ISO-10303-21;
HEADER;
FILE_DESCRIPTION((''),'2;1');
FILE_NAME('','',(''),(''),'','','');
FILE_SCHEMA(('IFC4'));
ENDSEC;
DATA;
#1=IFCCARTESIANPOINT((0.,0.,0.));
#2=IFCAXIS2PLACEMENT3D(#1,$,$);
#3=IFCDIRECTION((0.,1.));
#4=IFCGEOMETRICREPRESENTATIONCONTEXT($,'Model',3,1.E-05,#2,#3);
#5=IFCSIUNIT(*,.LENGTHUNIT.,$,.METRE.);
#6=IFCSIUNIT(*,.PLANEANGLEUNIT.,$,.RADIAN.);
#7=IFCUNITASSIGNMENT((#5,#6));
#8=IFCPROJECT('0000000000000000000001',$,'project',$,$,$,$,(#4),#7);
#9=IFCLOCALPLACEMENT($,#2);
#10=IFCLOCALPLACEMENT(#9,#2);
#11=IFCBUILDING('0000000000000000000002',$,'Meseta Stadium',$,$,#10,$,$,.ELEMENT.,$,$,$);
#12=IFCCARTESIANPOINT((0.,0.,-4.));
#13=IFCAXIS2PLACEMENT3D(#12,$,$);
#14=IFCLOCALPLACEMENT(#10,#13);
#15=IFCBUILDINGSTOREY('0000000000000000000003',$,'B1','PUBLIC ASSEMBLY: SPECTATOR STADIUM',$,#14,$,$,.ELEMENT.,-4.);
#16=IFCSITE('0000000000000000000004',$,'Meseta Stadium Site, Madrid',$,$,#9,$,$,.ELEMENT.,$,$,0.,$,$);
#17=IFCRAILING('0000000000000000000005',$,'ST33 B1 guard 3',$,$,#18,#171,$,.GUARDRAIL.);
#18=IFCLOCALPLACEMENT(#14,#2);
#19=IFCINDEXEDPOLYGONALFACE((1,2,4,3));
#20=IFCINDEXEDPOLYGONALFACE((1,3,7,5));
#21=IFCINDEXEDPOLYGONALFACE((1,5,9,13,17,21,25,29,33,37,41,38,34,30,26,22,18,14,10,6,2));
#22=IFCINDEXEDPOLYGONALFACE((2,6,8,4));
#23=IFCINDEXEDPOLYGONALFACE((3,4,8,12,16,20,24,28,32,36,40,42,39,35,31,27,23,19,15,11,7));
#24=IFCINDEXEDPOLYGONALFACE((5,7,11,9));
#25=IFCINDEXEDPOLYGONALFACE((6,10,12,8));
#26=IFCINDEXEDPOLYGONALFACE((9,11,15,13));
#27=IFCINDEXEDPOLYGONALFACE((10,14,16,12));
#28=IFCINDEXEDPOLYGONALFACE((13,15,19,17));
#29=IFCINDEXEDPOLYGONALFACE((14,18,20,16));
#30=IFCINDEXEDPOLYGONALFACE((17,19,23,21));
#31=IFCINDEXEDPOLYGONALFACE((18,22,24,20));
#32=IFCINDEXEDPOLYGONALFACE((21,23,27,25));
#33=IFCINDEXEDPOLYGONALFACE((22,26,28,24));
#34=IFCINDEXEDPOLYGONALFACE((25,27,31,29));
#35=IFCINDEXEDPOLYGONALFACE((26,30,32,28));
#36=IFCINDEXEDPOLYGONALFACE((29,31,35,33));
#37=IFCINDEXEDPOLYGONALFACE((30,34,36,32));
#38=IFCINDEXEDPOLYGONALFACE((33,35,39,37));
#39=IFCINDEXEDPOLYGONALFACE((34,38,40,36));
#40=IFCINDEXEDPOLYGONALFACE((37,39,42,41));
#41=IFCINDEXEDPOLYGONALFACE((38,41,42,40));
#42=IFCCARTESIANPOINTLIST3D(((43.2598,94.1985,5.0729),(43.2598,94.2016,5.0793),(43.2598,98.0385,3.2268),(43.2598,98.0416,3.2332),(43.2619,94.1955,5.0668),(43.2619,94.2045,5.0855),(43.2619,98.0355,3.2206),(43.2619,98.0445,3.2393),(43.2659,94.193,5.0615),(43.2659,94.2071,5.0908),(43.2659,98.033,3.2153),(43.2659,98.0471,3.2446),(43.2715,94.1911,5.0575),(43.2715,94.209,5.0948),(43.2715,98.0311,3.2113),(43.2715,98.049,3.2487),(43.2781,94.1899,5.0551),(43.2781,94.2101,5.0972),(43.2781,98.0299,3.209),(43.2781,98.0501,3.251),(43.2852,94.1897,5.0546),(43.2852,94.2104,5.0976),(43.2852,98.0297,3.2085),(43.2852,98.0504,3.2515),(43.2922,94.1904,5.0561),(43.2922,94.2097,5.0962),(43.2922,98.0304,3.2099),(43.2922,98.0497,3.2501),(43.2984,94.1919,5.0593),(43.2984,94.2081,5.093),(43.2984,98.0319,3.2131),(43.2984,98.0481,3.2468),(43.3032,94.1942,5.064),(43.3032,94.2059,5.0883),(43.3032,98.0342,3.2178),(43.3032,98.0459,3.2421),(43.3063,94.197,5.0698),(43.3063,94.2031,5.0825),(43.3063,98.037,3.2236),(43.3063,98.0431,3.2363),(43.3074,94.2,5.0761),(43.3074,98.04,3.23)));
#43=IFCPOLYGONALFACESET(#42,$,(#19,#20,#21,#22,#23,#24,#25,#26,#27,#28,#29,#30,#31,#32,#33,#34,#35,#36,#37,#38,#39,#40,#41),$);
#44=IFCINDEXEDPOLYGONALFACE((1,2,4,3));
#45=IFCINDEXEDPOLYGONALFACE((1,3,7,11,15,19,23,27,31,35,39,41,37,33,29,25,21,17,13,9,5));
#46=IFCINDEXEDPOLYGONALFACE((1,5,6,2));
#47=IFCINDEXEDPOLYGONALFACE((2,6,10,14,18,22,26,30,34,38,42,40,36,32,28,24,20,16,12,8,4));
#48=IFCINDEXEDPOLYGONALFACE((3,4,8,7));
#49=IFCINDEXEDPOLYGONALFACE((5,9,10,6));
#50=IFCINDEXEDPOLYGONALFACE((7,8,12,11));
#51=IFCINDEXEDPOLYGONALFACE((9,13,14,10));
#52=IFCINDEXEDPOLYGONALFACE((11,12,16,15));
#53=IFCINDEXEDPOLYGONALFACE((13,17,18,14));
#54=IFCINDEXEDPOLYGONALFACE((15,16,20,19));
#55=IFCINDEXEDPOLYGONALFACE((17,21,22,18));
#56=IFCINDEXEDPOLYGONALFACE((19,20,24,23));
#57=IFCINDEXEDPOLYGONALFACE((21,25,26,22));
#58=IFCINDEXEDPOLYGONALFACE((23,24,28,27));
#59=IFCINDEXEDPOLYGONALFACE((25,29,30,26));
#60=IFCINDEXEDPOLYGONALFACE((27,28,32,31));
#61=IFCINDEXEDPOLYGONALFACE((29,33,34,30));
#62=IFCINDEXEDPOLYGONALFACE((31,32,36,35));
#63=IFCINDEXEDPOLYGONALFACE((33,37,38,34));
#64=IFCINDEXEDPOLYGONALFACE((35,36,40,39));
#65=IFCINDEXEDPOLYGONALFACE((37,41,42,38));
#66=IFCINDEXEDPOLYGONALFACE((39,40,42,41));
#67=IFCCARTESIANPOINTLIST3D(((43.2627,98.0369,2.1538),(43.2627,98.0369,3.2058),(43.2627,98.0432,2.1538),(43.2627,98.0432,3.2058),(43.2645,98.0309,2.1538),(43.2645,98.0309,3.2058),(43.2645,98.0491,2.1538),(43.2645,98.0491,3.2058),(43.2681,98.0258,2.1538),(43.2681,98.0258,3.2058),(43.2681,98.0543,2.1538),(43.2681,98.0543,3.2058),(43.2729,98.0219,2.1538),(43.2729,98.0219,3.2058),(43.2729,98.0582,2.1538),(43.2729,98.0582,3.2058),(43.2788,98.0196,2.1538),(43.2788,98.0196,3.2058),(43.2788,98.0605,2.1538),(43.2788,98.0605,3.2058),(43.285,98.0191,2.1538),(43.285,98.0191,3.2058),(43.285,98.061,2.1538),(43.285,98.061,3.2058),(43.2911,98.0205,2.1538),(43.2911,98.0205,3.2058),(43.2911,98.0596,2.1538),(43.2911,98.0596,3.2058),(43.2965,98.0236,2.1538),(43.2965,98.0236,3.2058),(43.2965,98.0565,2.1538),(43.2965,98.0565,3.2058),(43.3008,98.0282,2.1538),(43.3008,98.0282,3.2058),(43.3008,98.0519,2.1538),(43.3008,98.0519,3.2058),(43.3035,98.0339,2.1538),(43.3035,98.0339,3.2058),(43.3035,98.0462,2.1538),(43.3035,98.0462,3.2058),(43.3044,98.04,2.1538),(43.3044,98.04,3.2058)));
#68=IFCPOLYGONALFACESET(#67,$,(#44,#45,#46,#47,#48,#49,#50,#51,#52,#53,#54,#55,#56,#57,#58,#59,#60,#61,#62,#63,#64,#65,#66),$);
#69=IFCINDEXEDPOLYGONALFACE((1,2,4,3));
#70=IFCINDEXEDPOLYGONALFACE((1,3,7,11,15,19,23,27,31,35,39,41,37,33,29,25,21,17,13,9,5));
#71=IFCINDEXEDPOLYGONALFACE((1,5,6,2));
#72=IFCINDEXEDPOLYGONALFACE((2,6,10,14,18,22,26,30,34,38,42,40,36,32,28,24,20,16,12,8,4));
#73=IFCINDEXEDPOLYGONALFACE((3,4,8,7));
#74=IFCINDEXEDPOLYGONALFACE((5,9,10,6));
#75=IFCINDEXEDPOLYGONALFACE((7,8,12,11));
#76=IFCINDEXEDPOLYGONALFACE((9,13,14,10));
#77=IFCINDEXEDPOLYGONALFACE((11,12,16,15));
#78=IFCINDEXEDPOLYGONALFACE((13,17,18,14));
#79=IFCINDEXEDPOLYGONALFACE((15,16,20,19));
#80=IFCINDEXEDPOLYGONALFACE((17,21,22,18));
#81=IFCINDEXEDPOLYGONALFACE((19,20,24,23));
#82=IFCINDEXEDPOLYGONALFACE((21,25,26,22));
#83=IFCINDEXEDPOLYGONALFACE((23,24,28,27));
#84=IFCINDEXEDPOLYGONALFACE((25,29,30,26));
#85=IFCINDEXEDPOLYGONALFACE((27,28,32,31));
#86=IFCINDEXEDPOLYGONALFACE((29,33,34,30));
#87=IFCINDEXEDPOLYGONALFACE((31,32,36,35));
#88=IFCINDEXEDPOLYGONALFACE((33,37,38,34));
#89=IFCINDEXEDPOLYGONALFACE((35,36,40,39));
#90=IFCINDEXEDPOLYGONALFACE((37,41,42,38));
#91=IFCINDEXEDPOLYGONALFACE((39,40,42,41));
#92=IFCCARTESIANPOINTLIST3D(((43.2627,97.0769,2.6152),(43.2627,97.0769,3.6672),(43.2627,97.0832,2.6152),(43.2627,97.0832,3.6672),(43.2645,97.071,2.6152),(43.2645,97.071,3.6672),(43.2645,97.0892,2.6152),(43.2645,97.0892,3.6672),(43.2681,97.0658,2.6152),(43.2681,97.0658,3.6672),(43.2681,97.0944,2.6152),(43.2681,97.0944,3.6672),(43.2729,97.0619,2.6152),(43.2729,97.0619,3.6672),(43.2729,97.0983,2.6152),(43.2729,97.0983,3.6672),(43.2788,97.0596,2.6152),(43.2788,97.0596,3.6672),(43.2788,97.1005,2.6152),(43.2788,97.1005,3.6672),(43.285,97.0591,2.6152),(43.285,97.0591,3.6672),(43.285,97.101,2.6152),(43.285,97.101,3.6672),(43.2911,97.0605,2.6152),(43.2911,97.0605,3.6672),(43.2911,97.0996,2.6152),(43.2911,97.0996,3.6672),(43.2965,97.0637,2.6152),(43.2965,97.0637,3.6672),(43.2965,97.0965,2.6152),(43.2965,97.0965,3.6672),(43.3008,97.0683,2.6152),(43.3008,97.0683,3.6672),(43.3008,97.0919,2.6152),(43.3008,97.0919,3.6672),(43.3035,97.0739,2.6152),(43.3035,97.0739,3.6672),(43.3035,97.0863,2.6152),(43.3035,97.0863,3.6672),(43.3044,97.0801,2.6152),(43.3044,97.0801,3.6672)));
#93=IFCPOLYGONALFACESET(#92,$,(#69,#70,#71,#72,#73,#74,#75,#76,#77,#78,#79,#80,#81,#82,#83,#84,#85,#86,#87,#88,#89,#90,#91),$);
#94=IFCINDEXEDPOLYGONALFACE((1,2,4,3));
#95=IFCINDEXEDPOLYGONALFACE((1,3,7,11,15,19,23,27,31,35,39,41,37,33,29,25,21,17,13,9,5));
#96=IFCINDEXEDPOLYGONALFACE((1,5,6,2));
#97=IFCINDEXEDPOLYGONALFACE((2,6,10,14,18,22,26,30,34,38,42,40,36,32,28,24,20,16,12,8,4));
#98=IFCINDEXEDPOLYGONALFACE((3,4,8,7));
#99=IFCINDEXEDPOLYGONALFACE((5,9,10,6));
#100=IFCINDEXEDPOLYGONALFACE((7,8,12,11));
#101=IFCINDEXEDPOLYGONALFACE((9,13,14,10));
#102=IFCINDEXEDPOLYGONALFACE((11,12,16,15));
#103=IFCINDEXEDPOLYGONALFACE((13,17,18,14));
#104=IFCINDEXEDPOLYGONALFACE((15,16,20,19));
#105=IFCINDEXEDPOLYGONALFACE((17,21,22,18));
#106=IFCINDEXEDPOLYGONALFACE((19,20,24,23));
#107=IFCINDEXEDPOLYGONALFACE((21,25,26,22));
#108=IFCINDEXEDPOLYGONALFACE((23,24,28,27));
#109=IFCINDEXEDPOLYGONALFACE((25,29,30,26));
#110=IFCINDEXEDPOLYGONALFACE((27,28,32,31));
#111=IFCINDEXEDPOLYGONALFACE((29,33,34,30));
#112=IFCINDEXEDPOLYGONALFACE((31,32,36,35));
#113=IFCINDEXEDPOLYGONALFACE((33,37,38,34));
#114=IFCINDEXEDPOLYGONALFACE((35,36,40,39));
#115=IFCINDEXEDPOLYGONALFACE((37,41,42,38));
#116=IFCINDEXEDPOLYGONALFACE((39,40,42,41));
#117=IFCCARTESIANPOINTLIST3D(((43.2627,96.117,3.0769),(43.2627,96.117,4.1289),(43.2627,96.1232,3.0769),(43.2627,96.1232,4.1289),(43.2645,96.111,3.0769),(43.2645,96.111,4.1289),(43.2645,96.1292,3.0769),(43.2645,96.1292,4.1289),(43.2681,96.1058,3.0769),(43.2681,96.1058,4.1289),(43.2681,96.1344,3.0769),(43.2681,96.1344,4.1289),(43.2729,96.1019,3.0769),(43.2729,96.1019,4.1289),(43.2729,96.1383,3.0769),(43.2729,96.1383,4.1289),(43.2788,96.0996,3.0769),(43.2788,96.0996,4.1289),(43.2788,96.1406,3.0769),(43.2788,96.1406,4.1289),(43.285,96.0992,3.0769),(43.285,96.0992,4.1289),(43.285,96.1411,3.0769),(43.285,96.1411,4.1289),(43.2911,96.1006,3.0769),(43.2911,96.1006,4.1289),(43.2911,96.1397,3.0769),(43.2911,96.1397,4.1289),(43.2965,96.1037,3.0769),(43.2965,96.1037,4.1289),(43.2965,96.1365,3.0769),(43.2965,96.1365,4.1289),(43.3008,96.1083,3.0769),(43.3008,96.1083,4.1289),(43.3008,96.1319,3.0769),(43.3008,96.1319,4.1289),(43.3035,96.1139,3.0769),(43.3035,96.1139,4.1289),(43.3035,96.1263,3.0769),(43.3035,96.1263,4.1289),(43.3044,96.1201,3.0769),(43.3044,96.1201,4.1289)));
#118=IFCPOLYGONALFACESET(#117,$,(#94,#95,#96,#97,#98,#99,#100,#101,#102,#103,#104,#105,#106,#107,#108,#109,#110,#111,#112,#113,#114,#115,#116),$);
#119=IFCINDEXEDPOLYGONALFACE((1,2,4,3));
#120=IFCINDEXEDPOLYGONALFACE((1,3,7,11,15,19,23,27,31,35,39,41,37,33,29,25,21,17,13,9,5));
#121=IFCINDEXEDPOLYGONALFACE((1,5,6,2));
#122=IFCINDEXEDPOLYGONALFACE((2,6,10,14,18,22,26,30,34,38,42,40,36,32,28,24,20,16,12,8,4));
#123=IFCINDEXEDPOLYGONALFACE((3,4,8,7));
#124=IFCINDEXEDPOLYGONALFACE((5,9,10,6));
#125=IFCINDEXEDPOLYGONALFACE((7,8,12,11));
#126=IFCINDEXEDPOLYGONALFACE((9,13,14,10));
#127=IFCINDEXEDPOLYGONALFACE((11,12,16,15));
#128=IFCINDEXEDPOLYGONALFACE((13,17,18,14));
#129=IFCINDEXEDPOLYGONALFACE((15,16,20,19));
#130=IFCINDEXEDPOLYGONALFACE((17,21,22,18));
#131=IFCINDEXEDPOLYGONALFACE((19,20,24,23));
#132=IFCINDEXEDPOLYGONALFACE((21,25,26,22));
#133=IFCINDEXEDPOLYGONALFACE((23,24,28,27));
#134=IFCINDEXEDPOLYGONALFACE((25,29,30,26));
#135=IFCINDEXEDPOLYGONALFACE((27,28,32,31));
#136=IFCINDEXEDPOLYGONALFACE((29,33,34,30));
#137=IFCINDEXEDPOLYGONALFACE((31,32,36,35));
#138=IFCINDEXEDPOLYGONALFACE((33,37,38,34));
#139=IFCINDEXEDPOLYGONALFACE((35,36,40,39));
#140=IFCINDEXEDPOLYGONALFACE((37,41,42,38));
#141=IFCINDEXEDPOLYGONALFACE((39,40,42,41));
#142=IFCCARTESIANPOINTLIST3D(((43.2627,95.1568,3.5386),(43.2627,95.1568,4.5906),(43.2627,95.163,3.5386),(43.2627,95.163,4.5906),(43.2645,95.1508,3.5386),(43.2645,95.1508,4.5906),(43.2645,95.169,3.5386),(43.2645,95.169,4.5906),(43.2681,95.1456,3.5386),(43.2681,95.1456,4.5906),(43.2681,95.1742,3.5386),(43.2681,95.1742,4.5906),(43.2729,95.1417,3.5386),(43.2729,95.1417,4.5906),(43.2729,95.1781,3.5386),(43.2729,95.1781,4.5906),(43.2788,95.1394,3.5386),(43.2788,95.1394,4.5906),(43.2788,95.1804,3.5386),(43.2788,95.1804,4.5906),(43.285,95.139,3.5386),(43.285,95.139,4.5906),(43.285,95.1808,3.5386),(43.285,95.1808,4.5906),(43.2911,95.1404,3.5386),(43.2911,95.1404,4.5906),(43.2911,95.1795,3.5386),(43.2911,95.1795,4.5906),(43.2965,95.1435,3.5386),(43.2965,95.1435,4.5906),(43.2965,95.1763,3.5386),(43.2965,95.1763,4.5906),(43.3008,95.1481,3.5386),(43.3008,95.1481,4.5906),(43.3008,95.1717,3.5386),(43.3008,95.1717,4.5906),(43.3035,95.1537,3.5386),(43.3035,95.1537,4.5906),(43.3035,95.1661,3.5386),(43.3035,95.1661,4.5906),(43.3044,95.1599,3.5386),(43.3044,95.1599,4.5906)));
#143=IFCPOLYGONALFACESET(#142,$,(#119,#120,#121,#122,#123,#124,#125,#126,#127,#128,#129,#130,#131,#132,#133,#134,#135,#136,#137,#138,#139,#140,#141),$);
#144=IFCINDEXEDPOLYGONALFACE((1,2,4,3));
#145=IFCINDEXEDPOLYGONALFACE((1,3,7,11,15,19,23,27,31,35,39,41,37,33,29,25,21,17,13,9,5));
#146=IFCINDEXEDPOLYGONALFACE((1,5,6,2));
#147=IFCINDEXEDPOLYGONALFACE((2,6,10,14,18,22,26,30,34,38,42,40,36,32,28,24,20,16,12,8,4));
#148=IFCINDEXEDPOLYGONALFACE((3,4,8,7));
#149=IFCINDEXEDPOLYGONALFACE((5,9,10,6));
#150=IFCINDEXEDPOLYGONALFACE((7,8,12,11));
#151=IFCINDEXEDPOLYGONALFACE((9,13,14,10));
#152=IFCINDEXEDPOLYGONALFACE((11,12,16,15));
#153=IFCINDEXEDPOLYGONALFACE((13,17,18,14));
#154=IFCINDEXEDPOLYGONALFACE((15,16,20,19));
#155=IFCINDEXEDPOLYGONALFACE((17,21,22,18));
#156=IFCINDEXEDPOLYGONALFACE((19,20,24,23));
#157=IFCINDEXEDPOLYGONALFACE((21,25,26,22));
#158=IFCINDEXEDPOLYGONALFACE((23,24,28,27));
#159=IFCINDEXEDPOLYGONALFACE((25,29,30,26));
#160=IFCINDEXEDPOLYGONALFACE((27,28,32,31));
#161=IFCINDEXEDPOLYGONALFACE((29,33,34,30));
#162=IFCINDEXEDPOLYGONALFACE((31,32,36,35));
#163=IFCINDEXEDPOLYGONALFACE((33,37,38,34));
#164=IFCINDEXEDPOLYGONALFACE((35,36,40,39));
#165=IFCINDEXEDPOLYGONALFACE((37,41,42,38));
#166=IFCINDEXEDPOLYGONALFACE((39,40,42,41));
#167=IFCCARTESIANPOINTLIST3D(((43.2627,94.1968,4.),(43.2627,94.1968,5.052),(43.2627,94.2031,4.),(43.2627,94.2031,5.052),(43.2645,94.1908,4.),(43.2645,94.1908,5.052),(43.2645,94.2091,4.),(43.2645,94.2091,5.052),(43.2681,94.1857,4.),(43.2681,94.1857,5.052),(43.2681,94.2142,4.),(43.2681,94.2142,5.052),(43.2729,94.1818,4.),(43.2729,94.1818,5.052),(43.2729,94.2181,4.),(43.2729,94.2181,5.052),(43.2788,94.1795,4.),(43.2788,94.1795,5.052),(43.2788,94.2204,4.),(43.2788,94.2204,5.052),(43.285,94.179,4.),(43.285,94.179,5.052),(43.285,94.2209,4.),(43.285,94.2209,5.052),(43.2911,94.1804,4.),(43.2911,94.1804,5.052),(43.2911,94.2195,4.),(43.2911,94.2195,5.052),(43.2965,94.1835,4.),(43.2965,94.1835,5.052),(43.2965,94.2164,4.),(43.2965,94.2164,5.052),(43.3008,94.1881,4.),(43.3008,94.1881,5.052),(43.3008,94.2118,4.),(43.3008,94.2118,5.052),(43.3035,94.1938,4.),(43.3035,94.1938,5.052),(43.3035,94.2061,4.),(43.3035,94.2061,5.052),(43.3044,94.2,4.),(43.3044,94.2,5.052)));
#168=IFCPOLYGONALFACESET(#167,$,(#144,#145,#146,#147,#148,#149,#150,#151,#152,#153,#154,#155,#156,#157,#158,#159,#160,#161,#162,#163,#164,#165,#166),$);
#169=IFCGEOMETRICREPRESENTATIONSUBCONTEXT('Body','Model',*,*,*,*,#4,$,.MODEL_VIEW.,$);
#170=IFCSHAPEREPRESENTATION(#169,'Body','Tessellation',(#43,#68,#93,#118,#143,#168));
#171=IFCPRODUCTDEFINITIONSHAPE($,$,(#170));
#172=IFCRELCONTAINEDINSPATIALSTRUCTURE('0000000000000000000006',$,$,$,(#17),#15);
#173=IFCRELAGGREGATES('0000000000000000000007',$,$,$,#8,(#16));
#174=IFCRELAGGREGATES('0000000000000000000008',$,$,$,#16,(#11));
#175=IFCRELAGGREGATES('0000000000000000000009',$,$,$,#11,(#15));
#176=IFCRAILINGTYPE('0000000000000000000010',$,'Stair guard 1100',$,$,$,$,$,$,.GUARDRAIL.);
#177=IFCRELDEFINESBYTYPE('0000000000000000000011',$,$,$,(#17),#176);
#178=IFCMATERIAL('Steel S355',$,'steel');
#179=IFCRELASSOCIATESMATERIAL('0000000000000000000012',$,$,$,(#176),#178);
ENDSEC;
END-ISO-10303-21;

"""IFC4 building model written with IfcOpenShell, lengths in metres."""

from ifc_helpers import new_model, si_unit, direction, frame, origin, origin_2d, place, context, subcontext, project, spatial, circle, extrude, material, type_object, element, save


model = new_model("IFC4")

# Units and contexts
model_context = context("Model", 3, precision=1e-05, world=origin(), true_north=direction((0.0, 1.0)))
body_context = subcontext(model_context, "Body", "Model", "MODEL_VIEW")
ifc_project = project(units=[si_unit("LENGTHUNIT", "METRE"), si_unit("PLANEANGLEUNIT", "RADIAN")], contexts=[model_context])

# Site, building, storey
site_placement = place(None, origin())
site = spatial("IfcSite", under=ifc_project, at=site_placement, Name="Meseta Stadium Site, Madrid", CompositionType="ELEMENT", RefElevation=0.0)
building_placement = place(site_placement, origin())
building = spatial("IfcBuilding", under=site, at=building_placement, Name="Meseta Stadium", CompositionType="ELEMENT")
storey_placement = place(building_placement, frame((0.0, 0.0, -4.0)))
storey = spatial("IfcBuildingStorey", under=building, at=storey_placement, Name="B1", Description="PUBLIC ASSEMBLY: SPECTATOR STADIUM", CompositionType="ELEMENT", Elevation=-4.0)

# Railing
ifc_material_1 = material(Name="Steel S355", Category="steel")
railing_type_1 = type_object("IfcRailingType", Name="Stair guard 1100", PredefinedType="GUARDRAIL", material=ifc_material_1)
railing_1_placement = place(storey_placement, frame((43.2834, 98.04, 2.1538)))
element("IfcRailing", 1, at=railing_1_placement, inside=storey, type_object=railing_type_1, Name="ST33 B1 guard 3", PredefinedType="GUARDRAIL", context=body_context, shape_type="SweptSolid", body=[
    extrude(circle(Radius=0.0239, at=origin_2d()), frame((0.0, 0.0, 1.0762), z_axis=(0.0, -0.901253, 0.433294), x_axis=(1.0, 0.0, 0.0)), (0.0, 0.0, 1.0), 4.2607),
    extrude(circle(Radius=0.021, at=origin_2d()), origin(), (0.0, 0.0, 1.0), 1.052),
    extrude(circle(Radius=0.021, at=origin_2d()), frame((0.0, -0.96, 0.4614)), (0.0, 0.0, 1.0), 1.052),
    extrude(circle(Radius=0.021, at=origin_2d()), frame((0.0, -1.9199, 0.9231)), (0.0, 0.0, 1.0), 1.052),
    extrude(circle(Radius=0.021, at=origin_2d()), frame((0.0, -2.8801, 1.3848)), (0.0, 0.0, 1.0), 1.052),
    extrude(circle(Radius=0.021, at=origin_2d()), frame((0.0, -3.8401, 1.8462)), (0.0, 0.0, 1.0), 1.052),
])

save(model, "model.ifc")
